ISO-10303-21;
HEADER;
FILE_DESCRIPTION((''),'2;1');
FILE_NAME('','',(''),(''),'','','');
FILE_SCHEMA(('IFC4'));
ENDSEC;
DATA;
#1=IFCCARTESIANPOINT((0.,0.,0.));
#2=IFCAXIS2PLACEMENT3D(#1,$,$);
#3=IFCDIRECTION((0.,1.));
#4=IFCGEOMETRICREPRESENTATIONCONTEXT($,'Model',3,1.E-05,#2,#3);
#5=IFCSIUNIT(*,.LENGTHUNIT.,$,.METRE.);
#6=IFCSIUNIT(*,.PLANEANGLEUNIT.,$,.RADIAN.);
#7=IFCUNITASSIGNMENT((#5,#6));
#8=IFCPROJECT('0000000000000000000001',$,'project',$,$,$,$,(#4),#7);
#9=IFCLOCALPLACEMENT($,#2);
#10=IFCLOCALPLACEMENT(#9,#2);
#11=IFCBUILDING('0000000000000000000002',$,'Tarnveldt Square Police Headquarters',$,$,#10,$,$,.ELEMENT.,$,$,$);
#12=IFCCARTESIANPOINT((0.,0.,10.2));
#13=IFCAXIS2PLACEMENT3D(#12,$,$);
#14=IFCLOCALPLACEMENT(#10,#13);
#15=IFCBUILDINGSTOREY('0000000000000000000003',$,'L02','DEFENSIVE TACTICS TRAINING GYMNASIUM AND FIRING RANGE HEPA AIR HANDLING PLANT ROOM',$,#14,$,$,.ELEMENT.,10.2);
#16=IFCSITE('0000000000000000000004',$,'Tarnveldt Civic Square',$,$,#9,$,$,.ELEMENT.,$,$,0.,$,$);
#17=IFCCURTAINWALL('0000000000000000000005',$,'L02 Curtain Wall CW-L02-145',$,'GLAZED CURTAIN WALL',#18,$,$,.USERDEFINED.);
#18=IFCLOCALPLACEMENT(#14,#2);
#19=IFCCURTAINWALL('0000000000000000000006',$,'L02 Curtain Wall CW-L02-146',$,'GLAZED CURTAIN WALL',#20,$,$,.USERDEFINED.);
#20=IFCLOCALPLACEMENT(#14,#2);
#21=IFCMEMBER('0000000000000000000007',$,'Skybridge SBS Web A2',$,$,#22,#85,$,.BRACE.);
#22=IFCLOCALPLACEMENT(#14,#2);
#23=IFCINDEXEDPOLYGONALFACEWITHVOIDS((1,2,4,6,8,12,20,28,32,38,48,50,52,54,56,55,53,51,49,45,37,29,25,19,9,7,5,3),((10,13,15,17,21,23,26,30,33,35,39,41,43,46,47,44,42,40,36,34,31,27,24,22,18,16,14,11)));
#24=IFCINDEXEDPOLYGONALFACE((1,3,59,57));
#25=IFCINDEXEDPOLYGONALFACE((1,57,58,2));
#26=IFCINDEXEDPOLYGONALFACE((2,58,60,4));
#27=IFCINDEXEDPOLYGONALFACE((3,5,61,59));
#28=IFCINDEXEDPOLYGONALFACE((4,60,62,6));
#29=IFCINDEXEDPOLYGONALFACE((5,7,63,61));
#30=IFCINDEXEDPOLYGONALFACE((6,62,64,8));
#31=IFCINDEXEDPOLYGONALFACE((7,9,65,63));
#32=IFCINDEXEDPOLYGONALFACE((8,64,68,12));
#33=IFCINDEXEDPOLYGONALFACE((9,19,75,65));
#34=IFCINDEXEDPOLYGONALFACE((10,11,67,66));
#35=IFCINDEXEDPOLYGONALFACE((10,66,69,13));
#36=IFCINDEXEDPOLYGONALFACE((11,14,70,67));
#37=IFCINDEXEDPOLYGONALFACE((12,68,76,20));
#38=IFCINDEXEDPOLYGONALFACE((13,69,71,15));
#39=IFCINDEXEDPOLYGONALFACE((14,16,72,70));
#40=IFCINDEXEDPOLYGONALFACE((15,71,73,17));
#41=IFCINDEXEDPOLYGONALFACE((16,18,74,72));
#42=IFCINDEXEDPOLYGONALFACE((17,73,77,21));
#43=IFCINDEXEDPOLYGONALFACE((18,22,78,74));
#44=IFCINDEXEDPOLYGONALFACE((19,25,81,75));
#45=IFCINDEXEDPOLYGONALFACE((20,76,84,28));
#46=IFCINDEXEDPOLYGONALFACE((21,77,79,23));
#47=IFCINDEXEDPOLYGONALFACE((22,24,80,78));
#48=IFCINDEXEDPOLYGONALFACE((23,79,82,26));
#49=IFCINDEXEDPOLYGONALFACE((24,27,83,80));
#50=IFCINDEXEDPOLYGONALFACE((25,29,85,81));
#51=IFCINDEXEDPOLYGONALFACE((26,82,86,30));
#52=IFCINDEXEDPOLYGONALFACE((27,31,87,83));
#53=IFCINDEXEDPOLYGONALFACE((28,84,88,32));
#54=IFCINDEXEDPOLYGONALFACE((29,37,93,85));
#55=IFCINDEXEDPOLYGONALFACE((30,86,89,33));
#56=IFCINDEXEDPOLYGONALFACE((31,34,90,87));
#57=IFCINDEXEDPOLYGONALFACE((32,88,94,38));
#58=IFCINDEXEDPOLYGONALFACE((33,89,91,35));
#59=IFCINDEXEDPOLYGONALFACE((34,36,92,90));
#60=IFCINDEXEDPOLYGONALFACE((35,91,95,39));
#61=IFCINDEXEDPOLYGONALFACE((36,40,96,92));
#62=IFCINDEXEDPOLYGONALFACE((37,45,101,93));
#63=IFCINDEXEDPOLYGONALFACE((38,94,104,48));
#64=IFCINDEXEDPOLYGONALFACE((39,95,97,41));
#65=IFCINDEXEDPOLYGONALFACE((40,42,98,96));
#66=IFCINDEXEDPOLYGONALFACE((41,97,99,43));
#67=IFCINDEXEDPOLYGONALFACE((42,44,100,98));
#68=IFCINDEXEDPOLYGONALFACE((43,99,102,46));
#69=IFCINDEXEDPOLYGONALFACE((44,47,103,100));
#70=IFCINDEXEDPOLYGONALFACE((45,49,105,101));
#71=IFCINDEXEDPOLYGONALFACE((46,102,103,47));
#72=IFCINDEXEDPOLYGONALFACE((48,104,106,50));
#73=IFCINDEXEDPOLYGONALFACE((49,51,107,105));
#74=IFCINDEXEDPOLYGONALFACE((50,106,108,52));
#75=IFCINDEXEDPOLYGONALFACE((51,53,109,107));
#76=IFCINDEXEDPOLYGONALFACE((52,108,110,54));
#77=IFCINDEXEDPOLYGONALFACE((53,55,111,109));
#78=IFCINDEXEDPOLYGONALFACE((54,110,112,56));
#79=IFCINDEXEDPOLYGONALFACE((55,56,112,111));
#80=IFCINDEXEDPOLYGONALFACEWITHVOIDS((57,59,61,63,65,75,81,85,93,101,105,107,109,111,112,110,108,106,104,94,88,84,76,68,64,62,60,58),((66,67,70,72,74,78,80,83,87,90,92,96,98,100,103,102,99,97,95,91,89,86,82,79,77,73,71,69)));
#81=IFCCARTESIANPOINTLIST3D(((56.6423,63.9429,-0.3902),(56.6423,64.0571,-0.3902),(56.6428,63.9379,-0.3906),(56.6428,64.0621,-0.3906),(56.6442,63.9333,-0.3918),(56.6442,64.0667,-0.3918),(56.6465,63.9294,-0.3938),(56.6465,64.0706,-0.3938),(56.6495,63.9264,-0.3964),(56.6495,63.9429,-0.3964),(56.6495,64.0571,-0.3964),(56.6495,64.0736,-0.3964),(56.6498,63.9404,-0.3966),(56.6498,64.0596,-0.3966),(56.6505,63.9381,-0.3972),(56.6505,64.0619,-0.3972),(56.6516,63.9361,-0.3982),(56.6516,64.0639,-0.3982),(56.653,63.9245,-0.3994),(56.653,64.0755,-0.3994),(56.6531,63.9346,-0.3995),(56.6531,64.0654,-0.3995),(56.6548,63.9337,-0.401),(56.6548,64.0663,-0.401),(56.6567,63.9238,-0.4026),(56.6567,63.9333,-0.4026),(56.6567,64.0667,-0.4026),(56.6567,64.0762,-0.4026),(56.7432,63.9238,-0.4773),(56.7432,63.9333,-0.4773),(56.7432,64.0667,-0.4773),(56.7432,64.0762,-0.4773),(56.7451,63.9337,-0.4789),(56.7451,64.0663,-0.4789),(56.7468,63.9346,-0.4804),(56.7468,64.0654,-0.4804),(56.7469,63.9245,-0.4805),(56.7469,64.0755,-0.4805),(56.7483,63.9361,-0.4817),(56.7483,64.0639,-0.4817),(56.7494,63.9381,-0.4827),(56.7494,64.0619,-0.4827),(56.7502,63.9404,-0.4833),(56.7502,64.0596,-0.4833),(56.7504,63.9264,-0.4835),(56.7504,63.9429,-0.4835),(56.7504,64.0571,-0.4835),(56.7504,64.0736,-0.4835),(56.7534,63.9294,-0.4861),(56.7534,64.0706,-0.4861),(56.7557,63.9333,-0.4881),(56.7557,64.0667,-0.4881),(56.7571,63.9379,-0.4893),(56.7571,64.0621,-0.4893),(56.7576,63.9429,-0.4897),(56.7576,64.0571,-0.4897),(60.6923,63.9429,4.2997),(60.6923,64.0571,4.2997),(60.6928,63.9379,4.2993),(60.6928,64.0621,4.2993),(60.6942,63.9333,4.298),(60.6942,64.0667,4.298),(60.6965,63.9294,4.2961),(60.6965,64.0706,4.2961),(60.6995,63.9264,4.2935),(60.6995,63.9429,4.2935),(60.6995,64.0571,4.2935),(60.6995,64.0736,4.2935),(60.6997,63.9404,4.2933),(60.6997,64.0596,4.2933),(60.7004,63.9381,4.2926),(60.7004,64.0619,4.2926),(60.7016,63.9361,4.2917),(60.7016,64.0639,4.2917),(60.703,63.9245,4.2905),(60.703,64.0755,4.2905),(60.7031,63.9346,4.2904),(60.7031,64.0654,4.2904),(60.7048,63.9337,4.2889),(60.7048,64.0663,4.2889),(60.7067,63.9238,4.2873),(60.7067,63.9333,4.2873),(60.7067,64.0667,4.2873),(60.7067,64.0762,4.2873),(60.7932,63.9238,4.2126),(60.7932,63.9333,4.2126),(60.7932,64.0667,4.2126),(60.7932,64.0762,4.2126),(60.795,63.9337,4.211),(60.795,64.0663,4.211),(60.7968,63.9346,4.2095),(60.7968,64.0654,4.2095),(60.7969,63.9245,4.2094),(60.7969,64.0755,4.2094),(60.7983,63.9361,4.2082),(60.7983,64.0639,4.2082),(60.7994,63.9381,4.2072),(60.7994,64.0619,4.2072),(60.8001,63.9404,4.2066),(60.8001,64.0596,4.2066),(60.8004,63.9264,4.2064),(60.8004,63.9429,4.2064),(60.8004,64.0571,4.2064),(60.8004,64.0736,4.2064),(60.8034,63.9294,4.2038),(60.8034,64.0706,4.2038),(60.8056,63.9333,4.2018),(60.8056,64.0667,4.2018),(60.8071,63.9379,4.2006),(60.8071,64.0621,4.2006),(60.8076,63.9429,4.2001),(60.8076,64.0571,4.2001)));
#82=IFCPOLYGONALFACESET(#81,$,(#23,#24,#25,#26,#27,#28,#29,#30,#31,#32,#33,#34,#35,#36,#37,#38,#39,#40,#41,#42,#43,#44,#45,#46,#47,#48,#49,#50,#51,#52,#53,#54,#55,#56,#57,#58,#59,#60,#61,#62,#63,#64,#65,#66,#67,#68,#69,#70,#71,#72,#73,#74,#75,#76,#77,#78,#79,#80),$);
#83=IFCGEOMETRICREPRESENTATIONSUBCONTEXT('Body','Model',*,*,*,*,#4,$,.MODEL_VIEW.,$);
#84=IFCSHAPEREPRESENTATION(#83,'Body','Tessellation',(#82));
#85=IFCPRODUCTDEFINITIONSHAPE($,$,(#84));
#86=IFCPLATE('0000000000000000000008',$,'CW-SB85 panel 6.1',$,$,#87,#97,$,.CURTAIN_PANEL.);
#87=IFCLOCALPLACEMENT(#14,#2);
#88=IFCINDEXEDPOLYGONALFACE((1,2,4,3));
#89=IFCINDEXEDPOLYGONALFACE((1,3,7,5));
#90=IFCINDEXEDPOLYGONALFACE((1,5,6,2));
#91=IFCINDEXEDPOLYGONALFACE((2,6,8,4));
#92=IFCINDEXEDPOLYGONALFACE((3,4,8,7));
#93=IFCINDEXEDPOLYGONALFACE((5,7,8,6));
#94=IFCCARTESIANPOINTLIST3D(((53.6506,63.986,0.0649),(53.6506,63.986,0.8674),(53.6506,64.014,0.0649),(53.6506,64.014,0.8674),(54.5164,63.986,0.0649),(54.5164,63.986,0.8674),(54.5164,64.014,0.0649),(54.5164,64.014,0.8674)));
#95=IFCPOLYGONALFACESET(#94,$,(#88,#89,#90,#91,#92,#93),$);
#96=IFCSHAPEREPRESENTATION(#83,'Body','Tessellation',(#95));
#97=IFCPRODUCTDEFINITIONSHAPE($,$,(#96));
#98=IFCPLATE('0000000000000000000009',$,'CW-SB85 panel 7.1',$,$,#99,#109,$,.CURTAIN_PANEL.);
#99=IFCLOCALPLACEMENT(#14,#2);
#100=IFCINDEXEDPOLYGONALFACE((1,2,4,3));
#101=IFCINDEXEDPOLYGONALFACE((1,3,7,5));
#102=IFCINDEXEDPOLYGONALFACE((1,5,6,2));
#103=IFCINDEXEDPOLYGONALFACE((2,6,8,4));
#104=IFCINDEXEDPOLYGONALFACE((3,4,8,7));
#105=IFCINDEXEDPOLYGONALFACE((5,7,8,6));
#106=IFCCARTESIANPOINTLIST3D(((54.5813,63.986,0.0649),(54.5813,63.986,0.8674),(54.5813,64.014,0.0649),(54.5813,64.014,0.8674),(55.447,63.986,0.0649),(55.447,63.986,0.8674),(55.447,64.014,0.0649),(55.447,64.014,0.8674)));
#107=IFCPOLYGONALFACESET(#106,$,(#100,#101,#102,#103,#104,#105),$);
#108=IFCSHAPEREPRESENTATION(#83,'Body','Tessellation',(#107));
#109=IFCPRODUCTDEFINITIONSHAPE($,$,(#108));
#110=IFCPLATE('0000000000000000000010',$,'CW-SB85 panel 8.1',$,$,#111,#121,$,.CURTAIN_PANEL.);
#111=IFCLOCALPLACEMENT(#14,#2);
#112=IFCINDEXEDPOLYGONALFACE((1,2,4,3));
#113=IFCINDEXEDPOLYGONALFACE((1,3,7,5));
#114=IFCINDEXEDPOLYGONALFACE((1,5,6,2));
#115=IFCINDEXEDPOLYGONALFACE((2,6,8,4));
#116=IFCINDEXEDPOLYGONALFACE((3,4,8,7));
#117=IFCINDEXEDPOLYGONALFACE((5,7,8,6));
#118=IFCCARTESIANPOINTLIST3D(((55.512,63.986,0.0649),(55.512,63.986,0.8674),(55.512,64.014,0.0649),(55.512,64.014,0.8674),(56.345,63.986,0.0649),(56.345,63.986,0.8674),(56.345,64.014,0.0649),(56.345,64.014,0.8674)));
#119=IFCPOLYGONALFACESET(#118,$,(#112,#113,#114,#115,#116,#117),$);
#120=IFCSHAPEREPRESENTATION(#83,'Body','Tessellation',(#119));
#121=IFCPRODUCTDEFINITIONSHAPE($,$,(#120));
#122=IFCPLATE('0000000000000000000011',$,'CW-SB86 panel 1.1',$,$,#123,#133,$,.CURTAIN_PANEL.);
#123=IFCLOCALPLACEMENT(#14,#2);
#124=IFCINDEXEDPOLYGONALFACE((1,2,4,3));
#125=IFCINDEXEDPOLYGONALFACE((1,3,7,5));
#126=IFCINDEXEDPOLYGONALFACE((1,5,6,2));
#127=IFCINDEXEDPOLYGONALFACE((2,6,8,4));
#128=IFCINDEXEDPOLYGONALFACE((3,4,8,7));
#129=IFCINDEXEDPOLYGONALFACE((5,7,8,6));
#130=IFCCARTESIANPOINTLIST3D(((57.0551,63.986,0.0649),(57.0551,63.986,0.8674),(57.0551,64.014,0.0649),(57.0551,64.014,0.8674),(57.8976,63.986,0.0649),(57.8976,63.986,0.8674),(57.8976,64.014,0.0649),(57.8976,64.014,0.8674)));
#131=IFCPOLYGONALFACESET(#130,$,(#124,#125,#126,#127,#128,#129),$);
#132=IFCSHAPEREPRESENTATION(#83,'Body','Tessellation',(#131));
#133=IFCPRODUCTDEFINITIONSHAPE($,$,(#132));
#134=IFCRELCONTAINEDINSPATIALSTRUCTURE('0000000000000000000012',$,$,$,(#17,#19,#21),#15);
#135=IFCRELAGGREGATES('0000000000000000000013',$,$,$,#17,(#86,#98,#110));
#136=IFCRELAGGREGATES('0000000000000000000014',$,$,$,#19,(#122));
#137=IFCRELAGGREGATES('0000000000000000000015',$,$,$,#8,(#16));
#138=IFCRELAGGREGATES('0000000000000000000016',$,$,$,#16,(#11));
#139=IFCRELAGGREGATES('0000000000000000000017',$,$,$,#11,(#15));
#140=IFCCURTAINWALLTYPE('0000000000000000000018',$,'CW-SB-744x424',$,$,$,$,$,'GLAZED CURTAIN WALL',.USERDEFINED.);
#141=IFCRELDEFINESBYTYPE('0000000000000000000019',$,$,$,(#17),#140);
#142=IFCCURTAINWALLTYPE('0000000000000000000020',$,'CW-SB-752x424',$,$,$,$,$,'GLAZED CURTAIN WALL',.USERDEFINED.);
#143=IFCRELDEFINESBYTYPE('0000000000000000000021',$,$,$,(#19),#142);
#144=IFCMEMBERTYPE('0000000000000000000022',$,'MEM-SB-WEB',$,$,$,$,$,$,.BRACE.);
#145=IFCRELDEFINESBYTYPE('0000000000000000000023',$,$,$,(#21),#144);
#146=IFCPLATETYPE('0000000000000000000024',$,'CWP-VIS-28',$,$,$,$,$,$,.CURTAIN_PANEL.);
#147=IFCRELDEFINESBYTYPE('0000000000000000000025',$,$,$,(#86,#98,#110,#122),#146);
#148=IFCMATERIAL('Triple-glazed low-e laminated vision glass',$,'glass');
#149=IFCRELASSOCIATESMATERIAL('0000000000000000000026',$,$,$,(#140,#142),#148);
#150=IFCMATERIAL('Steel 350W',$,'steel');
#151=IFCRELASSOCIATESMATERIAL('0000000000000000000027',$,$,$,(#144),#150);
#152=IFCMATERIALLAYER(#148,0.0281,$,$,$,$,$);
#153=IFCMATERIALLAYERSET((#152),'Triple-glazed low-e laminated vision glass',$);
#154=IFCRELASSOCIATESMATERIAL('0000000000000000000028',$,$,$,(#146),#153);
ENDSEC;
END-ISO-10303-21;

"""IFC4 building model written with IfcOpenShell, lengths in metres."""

from ifc_helpers import new_model, si_unit, direction, frame, origin, origin_2d, place, context, subcontext, project, spatial, rectangle, hollow_rectangle, extrude, material, layer, layer_set, material_profile, profile_set, type_object, element, aggregate, save


model = new_model("IFC4")

# Units and contexts
model_context = context("Model", 3, precision=1e-05, world=origin(), true_north=direction((0.0, 1.0)))
body_context = subcontext(model_context, "Body", "Model", "MODEL_VIEW")
ifc_project = project(units=[si_unit("LENGTHUNIT", "METRE"), si_unit("PLANEANGLEUNIT", "RADIAN")], contexts=[model_context])

# Site, building, storey
site_placement = place(None, origin())
site = spatial("IfcSite", under=ifc_project, at=site_placement, Name="Tarnveldt Civic Square", CompositionType="ELEMENT", RefElevation=0.0)
building_placement = place(site_placement, origin())
building = spatial("IfcBuilding", under=site, at=building_placement, Name="Tarnveldt Square Police Headquarters", CompositionType="ELEMENT")
storey_placement = place(building_placement, frame((0.0, 0.0, 10.2)))
storey = spatial("IfcBuildingStorey", under=building, at=storey_placement, Name="L02", Description="DEFENSIVE TACTICS TRAINING GYMNASIUM AND FIRING RANGE HEPA AIR HANDLING PLANT ROOM", CompositionType="ELEMENT", Elevation=10.2)

# Curtain walls
ifc_material_1 = material(Name="Triple-glazed low-e laminated vision glass", Category="glass")
curtain_wall_type_1 = type_object("IfcCurtainWallType", Name="CW-SB-744x424", ElementType="GLAZED CURTAIN WALL", PredefinedType="USERDEFINED", material=ifc_material_1)
curtain_wall_1_placement = place(storey_placement, origin())
curtain_wall_1 = element("IfcCurtainWall", 1, at=curtain_wall_1_placement, inside=storey, type_object=curtain_wall_type_1, Name="L02 Curtain Wall CW-L02-145", ObjectType="GLAZED CURTAIN WALL", PredefinedType="USERDEFINED")
curtain_wall_type_2 = type_object("IfcCurtainWallType", Name="CW-SB-752x424", ElementType="GLAZED CURTAIN WALL", PredefinedType="USERDEFINED", material=ifc_material_1)
curtain_wall_2_placement = place(storey_placement, origin())
curtain_wall_2 = element("IfcCurtainWall", 2, at=curtain_wall_2_placement, inside=storey, type_object=curtain_wall_type_2, Name="L02 Curtain Wall CW-L02-146", ObjectType="GLAZED CURTAIN WALL", PredefinedType="USERDEFINED")

# Member
ifc_material_2 = material(Name="Steel 350W", Category="steel")
ifc_material_profile_1 = material_profile(ifc_material_2, hollow_rectangle(XDim=0.1523, YDim=0.1523, WallThickness=0.0095, InnerFilletRadius=0.0095, OuterFilletRadius=0.019, at=origin_2d()), Name="HSS152x152x9.5")
ifc_profile_set_1 = profile_set([ifc_material_profile_1], Name="Steel 350W")
member_type_1 = type_object("IfcMemberType", Name="MEM-SB-WEB", PredefinedType="BRACE", material=ifc_profile_set_1)
for number, where, z_axis, x_axis, name in (
    (3, (56.7, 64.0, -0.4399), (0.653587, 0.0, 0.756851), (0.0, 1.0, 0.0), "Skybridge SBS Web A2"),
):
    element("IfcMember", number, at=place(storey_placement, frame(where, z_axis=z_axis, x_axis=x_axis)), inside=storey, type_object=member_type_1, Name=name, PredefinedType="BRACE", context=body_context, shape_type="SweptSolid", body=[
        extrude(hollow_rectangle(XDim=0.1523, YDim=0.1523, WallThickness=0.0095, InnerFilletRadius=0.0095, OuterFilletRadius=0.019, at=origin_2d()), origin(), (0.0, 0.0, 1.0), 6.1965),
    ])

# Plates
ifc_layer = layer(ifc_material_1, 0.0281)
ifc_layer_set = layer_set([ifc_layer], Name="Triple-glazed low-e laminated vision glass")
plate_type = type_object("IfcPlateType", Name="CWP-VIS-28", PredefinedType="CURTAIN_PANEL", material=ifc_layer_set)
plate_1_placement = place(storey_placement, frame((54.0835, 64.0, 0.0649), z_axis=(0.0, 0.0, 1.0), x_axis=(1.0, 0.0, 0.0)))
plate_1 = element("IfcPlate", 4, at=plate_1_placement, type_object=plate_type, Name="CW-SB85 panel 6.1", PredefinedType="CURTAIN_PANEL", context=body_context, shape_type="SweptSolid", body=[
    extrude(rectangle(XDim=0.8657, YDim=0.0281, at=origin_2d()), origin(), (0.0, 0.0, 1.0), 0.8025),
])
plate_2_placement = place(storey_placement, frame((55.0142, 64.0, 0.0649), z_axis=(0.0, 0.0, 1.0), x_axis=(1.0, 0.0, 0.0)))
plate_2 = element("IfcPlate", 5, at=plate_2_placement, type_object=plate_type, Name="CW-SB85 panel 7.1", PredefinedType="CURTAIN_PANEL", context=body_context, shape_type="SweptSolid", body=[
    extrude(rectangle(XDim=0.8657, YDim=0.0281, at=origin_2d()), origin(), (0.0, 0.0, 1.0), 0.8025),
])
plate_3_placement = place(storey_placement, frame((55.9285, 64.0, 0.0649), z_axis=(0.0, 0.0, 1.0), x_axis=(1.0, 0.0, 0.0)))
plate_3 = element("IfcPlate", 6, at=plate_3_placement, type_object=plate_type, Name="CW-SB85 panel 8.1", PredefinedType="CURTAIN_PANEL", context=body_context, shape_type="SweptSolid", body=[
    extrude(rectangle(XDim=0.833, YDim=0.0281, at=origin_2d()), origin(), (0.0, 0.0, 1.0), 0.8025),
])
aggregate(curtain_wall_1, [plate_1, plate_2, plate_3])
plate_4_placement = place(storey_placement, frame((57.4763, 64.0, 0.0649), z_axis=(0.0, 0.0, 1.0), x_axis=(1.0, 0.0, 0.0)))
plate_4 = element("IfcPlate", 7, at=plate_4_placement, type_object=plate_type, Name="CW-SB86 panel 1.1", PredefinedType="CURTAIN_PANEL", context=body_context, shape_type="SweptSolid", body=[
    extrude(rectangle(XDim=0.8425, YDim=0.0281, at=origin_2d()), origin(), (0.0, 0.0, 1.0), 0.8025),
])
aggregate(curtain_wall_2, [plate_4])

save(model, "model.ifc")
